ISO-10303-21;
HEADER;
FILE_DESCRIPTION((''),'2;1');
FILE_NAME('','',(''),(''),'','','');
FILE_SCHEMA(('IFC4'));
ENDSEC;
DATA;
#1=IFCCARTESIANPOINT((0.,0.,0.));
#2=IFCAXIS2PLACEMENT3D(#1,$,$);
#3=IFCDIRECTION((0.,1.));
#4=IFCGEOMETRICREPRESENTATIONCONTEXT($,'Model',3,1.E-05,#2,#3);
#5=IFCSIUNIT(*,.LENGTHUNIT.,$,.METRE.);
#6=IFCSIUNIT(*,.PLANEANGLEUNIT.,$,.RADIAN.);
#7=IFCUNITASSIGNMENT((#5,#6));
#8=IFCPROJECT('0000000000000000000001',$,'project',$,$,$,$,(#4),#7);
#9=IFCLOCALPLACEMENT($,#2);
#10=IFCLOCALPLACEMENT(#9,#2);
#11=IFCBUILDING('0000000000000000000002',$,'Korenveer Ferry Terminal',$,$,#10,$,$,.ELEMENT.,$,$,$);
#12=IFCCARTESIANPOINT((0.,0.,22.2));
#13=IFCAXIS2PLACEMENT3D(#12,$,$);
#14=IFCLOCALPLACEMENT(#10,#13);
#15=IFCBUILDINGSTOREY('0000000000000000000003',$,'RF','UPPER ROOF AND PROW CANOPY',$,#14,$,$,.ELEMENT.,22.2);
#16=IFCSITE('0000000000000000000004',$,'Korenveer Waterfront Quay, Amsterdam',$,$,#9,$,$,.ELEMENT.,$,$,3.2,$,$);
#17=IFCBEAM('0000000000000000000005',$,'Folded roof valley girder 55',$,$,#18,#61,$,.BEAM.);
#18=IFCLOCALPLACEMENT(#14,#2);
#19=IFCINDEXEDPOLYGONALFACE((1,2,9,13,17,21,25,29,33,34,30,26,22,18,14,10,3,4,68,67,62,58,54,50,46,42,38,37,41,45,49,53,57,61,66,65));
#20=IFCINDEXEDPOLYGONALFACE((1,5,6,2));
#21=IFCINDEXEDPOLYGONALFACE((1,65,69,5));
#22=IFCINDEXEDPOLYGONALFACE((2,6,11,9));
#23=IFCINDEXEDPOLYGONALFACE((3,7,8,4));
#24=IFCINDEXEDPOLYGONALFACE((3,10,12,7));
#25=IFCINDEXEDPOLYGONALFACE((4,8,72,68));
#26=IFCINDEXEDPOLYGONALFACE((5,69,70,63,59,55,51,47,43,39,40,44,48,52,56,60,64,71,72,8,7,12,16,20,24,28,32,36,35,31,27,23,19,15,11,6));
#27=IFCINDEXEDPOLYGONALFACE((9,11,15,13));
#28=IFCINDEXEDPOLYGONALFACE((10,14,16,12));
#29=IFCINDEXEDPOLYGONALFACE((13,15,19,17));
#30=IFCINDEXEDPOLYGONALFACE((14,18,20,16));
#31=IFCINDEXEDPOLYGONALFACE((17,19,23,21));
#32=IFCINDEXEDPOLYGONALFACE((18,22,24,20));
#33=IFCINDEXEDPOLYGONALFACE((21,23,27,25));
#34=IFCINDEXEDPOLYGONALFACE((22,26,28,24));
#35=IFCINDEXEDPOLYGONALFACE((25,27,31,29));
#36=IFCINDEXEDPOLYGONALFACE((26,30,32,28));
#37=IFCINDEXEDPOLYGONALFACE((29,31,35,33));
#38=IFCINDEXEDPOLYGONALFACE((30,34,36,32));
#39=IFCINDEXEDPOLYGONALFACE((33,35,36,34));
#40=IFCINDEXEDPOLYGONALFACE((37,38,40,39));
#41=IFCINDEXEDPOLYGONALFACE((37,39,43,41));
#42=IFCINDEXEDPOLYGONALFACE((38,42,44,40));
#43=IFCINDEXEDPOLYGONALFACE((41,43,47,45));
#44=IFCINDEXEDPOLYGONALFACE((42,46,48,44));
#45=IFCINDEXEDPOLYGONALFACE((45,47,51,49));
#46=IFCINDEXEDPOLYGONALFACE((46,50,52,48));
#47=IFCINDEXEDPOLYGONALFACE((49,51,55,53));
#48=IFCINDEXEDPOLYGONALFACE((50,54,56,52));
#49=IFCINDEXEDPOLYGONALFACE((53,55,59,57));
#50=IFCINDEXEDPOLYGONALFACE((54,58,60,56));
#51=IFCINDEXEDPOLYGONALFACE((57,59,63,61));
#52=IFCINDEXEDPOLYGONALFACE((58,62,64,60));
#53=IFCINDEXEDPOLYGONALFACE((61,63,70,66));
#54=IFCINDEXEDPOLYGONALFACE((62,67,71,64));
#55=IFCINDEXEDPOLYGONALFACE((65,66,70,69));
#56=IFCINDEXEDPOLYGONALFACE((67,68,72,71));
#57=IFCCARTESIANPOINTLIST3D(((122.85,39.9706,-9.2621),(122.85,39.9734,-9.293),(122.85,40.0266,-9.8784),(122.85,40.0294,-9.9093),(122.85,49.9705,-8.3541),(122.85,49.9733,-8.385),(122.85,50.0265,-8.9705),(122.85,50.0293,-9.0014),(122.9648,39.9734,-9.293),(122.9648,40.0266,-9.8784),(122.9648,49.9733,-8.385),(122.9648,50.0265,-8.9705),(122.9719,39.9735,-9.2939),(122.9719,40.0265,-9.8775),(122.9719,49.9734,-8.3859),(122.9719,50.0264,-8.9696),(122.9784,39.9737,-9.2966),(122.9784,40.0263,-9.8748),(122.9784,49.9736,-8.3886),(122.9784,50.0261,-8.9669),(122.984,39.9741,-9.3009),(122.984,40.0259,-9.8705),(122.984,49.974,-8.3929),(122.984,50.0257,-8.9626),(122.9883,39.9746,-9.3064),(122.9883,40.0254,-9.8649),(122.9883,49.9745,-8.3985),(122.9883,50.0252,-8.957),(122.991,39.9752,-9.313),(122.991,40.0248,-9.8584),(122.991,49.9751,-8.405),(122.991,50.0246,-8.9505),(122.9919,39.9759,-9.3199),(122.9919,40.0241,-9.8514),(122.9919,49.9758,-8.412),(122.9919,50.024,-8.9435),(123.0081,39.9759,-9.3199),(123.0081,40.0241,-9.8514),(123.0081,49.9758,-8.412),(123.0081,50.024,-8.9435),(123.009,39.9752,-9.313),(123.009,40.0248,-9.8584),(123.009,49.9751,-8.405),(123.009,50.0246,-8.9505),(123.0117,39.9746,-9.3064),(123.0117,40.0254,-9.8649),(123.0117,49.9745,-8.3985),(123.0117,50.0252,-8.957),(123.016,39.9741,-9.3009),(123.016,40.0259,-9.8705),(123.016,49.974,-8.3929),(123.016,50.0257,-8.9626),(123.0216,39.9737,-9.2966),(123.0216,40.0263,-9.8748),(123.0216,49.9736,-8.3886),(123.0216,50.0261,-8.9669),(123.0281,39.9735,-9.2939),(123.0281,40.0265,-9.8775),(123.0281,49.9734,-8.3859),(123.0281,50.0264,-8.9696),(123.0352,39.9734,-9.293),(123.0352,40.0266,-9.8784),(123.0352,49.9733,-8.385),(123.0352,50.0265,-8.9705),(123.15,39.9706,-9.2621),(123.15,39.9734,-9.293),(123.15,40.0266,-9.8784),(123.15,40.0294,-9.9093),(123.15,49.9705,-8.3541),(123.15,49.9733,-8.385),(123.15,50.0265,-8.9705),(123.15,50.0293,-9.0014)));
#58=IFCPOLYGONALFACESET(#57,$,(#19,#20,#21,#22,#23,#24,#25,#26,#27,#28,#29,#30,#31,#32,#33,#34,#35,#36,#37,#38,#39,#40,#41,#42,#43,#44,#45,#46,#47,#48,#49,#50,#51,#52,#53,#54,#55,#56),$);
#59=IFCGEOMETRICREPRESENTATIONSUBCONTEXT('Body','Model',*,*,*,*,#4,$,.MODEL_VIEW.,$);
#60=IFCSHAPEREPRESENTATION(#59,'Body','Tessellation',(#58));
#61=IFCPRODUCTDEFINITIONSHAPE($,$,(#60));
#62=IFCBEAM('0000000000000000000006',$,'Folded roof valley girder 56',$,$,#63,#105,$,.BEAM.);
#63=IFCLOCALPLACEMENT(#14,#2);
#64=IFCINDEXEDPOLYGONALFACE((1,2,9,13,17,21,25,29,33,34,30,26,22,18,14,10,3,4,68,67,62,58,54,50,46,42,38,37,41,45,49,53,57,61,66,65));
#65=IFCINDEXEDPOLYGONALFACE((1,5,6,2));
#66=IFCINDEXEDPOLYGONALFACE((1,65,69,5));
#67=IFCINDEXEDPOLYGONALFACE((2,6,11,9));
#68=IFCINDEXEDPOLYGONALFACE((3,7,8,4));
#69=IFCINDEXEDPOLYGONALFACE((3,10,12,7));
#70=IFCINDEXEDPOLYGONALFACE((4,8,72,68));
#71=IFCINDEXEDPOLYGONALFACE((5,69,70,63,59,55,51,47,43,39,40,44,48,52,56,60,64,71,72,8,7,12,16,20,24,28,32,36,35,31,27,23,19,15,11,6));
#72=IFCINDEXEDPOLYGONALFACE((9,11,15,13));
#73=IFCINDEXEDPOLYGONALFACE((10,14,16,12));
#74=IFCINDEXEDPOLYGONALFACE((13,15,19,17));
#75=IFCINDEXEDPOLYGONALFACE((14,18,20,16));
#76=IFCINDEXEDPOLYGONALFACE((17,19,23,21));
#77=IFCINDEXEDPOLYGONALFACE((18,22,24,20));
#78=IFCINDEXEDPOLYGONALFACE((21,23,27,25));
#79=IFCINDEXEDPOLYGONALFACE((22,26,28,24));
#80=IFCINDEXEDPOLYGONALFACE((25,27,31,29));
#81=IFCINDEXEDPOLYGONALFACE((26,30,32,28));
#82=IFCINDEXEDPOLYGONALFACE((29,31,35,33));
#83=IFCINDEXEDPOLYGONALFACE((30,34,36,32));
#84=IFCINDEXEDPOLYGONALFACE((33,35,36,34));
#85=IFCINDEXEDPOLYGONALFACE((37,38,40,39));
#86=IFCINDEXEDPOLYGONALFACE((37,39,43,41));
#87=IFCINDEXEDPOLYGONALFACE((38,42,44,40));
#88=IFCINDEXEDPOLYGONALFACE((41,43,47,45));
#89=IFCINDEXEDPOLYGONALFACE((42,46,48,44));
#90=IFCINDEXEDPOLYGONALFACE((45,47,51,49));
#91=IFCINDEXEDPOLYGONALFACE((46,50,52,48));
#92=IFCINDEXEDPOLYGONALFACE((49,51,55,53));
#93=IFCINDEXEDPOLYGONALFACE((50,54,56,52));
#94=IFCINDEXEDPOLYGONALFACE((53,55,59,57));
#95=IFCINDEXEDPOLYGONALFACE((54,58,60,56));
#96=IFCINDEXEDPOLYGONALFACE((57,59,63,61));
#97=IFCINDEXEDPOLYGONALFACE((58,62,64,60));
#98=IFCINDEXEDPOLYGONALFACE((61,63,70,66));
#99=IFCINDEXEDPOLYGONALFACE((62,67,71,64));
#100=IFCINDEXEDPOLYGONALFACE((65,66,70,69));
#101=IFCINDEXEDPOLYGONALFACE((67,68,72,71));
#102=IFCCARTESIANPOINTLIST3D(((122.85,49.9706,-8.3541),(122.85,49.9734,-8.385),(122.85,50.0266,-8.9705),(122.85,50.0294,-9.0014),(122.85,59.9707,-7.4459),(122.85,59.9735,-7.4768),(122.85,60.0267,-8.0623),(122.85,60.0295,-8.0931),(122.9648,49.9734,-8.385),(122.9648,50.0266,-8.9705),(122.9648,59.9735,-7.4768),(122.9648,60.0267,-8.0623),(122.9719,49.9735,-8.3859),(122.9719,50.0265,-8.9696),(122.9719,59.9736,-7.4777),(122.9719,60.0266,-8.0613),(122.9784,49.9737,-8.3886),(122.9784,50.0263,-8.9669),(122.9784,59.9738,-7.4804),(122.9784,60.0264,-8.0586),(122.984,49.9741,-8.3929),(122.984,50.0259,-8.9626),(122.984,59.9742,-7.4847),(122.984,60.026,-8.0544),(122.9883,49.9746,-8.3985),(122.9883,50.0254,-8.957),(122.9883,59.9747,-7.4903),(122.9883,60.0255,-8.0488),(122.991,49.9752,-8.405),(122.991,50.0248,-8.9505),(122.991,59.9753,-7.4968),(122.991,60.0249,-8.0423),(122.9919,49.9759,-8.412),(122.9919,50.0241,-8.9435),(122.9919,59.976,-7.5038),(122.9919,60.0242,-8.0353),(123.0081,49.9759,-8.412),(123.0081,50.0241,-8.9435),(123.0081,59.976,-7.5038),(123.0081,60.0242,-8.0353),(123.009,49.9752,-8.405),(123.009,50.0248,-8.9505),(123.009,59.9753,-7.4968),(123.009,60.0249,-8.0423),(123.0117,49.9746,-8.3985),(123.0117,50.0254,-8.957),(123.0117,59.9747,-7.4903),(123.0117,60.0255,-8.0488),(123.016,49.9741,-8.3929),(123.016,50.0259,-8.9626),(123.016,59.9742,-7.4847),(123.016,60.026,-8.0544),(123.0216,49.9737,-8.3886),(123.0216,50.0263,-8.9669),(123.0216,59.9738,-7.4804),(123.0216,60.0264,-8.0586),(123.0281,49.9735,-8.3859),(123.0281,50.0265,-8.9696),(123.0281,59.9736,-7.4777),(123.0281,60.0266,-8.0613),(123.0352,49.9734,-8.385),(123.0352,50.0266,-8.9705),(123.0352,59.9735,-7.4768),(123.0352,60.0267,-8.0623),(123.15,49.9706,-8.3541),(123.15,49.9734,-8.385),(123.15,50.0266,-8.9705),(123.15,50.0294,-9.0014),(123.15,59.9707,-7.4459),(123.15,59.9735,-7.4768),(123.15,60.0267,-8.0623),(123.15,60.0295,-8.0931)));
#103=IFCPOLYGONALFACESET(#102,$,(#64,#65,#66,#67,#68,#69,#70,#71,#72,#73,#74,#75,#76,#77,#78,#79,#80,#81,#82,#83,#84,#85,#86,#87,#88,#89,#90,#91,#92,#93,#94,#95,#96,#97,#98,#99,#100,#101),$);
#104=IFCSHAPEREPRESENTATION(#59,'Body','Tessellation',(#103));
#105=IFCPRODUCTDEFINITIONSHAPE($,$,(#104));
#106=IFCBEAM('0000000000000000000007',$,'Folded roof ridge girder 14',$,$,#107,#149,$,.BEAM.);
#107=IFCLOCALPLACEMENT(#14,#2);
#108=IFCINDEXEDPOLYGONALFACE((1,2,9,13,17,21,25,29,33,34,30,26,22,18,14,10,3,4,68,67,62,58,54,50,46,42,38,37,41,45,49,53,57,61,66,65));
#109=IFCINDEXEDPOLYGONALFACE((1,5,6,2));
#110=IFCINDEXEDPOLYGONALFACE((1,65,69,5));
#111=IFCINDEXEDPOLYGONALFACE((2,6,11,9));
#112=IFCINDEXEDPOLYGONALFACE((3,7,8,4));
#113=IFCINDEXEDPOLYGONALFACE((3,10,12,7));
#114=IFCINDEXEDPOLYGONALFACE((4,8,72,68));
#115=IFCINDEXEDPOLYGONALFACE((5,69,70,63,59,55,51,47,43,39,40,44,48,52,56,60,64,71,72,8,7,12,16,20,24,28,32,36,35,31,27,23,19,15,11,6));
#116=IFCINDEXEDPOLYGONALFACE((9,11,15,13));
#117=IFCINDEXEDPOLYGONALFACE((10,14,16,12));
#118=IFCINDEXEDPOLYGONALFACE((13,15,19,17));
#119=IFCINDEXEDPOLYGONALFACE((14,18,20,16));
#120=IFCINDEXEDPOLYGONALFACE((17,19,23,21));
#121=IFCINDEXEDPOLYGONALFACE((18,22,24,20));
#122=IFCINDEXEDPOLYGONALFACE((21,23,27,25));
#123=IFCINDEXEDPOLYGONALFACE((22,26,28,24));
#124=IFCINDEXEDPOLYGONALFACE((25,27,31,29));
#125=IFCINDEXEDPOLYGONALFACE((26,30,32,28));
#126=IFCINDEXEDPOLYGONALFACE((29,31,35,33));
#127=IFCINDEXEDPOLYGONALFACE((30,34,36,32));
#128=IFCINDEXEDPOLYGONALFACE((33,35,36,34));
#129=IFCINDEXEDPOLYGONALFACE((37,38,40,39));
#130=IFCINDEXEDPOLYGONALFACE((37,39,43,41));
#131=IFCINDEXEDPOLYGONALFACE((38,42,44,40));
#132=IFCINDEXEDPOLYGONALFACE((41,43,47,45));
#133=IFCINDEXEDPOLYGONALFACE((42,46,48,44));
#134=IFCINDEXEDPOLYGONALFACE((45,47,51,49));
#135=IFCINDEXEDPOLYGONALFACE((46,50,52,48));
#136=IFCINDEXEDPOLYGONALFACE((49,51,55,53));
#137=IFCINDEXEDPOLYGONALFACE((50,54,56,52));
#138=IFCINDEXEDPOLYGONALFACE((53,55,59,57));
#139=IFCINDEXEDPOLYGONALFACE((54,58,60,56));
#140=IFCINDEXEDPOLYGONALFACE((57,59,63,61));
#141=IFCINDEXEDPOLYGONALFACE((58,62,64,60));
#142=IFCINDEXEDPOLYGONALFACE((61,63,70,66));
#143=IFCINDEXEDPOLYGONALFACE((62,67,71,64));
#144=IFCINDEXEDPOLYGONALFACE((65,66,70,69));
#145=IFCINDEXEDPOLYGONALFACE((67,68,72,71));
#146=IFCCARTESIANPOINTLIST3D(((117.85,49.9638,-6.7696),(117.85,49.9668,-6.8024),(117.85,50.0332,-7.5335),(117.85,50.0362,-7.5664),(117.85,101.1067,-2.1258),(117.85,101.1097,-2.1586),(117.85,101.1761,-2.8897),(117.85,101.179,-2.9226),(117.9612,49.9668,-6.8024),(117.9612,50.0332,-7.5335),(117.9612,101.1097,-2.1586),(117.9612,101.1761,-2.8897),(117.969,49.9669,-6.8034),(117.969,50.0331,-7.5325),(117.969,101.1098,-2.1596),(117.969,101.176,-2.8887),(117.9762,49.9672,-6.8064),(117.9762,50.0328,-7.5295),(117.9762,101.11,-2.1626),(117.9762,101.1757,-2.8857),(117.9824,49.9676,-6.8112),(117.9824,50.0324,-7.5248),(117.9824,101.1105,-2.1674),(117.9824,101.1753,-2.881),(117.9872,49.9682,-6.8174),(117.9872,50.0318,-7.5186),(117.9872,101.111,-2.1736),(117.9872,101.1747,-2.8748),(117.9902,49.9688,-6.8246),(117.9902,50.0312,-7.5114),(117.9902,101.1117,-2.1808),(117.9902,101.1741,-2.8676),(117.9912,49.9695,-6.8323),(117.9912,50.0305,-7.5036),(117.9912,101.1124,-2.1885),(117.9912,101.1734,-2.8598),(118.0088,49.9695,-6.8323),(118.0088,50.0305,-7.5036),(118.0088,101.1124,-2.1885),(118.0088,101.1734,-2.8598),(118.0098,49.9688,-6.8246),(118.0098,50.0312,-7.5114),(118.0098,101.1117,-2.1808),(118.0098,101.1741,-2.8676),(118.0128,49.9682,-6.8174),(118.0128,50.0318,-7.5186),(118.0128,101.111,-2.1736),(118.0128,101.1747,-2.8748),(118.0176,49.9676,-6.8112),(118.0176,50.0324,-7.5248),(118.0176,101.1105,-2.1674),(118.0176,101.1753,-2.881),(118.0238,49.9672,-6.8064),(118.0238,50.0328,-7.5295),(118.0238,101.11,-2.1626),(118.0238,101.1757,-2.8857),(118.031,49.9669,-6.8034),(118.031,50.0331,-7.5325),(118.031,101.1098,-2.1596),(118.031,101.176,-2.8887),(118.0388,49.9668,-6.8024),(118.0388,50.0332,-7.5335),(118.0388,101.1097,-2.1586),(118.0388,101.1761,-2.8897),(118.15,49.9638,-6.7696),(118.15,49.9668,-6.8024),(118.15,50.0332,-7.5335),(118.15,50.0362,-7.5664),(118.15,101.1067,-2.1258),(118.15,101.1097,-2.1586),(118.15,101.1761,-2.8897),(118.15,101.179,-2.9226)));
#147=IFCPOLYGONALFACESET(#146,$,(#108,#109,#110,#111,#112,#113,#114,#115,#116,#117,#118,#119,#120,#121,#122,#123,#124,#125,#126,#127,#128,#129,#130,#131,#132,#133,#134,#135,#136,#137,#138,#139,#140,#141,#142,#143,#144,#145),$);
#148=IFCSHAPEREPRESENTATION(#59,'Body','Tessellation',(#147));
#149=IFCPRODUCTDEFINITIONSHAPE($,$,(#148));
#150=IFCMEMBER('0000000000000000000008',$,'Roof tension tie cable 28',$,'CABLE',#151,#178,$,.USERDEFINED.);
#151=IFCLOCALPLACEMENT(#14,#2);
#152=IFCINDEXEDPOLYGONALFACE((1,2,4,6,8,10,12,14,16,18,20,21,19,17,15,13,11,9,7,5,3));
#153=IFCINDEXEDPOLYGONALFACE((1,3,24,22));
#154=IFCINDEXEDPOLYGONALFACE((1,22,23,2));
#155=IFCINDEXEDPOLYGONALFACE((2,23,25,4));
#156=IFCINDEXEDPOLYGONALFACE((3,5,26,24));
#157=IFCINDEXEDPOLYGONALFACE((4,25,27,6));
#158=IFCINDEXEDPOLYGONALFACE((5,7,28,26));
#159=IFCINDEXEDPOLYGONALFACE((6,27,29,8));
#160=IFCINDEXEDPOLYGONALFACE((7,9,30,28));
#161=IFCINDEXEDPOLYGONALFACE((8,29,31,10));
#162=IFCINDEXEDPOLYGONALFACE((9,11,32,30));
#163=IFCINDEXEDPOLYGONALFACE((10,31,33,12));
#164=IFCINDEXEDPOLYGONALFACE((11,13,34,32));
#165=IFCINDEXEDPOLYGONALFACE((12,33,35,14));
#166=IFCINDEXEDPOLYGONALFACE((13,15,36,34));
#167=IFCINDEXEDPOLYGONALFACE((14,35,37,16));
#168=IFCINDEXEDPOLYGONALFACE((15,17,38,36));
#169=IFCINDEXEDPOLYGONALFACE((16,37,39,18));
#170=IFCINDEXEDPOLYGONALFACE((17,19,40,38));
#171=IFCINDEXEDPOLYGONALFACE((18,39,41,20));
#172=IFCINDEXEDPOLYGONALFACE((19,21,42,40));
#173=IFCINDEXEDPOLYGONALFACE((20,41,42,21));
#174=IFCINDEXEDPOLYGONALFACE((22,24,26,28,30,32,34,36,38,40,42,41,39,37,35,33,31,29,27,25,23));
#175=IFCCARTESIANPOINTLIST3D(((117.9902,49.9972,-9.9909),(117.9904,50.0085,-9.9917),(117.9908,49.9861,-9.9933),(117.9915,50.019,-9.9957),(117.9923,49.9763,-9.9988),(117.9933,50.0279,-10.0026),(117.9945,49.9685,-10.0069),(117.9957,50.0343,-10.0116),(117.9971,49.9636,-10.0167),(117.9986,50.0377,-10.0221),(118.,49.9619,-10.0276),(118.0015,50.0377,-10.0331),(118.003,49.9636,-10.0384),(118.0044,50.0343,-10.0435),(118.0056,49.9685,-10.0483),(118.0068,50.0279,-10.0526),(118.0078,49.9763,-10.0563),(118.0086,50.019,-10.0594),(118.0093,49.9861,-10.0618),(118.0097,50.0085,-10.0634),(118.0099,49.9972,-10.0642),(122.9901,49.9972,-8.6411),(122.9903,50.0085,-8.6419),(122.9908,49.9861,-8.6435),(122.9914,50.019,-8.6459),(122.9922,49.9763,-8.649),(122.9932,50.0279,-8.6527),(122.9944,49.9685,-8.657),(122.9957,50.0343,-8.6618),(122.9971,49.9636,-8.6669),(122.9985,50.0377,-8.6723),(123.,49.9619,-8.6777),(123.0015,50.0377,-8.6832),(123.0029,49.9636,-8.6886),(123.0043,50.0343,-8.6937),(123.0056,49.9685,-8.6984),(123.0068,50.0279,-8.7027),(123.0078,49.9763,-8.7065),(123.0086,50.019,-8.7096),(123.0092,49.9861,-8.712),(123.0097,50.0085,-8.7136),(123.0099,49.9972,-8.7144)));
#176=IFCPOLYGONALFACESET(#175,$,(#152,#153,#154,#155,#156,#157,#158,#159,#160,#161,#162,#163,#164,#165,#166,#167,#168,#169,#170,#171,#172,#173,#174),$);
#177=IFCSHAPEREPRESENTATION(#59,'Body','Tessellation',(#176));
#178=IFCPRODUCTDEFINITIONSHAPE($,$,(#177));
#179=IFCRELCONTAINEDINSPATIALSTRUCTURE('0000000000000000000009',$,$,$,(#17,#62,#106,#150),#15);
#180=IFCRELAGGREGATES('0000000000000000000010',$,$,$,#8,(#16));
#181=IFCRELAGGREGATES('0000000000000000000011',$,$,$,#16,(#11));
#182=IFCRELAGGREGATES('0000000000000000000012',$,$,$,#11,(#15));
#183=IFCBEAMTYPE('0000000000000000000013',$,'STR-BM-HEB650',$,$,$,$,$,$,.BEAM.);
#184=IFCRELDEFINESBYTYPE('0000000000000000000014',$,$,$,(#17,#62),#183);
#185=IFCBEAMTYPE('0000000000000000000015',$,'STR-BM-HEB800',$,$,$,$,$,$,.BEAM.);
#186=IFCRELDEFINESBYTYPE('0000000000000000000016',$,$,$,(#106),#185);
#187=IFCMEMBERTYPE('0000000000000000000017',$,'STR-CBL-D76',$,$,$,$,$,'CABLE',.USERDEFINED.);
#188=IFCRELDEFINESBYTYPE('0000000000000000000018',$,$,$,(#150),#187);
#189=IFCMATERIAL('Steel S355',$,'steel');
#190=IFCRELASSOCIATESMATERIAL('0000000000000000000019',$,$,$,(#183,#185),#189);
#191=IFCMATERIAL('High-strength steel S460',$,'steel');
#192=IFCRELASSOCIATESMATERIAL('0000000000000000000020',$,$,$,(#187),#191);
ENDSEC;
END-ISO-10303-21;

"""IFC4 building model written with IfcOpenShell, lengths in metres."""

from ifc_helpers import new_model, si_unit, direction, frame, origin, origin_2d, place, context, subcontext, project, spatial, circle, i_section, extrude, material, material_profile, profile_set, type_object, element, save


model = new_model("IFC4")

# Units and contexts
model_context = context("Model", 3, precision=1e-05, world=origin(), true_north=direction((0.0, 1.0)))
body_context = subcontext(model_context, "Body", "Model", "MODEL_VIEW")
ifc_project = project(units=[si_unit("LENGTHUNIT", "METRE"), si_unit("PLANEANGLEUNIT", "RADIAN")], contexts=[model_context])

# Site, building, storey
site_placement = place(None, origin())
site = spatial("IfcSite", under=ifc_project, at=site_placement, Name="Korenveer Waterfront Quay, Amsterdam", CompositionType="ELEMENT", RefElevation=3.2)
building_placement = place(site_placement, origin())
building = spatial("IfcBuilding", under=site, at=building_placement, Name="Korenveer Ferry Terminal", CompositionType="ELEMENT")
storey_placement = place(building_placement, frame((0.0, 0.0, 22.2)))
storey = spatial("IfcBuildingStorey", under=building, at=storey_placement, Name="RF", Description="UPPER ROOF AND PROW CANOPY", CompositionType="ELEMENT", Elevation=22.2)

# Beams
ifc_material_1 = material(Name="Steel S355", Category="steel")
ifc_material_profile_1 = material_profile(ifc_material_1, i_section(OverallWidth=0.3, OverallDepth=0.6499, WebThickness=0.0161, FlangeThickness=0.031, FilletRadius=0.0271, at=origin_2d()), Name="HEB 650")
ifc_profile_set_1 = profile_set([ifc_material_profile_1], Name="Steel S355")
beam_type_1 = type_object("IfcBeamType", Name="STR-BM-HEB650", PredefinedType="BEAM", material=ifc_profile_set_1)
beam_1_placement = place(storey_placement, frame((123.0, 40.0, -9.5857), z_axis=(0.0, 0.995903, 0.090424), x_axis=(-1.0, 0.0, 0.0)))
element("IfcBeam", 1, at=beam_1_placement, inside=storey, type_object=beam_type_1, Name="Folded roof valley girder 55", PredefinedType="BEAM", context=body_context, shape_type="SweptSolid", body=[
    extrude(i_section(OverallWidth=0.3, OverallDepth=0.6499, WebThickness=0.0161, FlangeThickness=0.031, FilletRadius=0.0271, at=origin_2d()), origin(), (0.0, 0.0, 1.0), 10.041),
])
beam_2_placement = place(storey_placement, frame((123.0, 50.0, -8.6777), z_axis=(0.0, 0.995901, 0.090448), x_axis=(-1.0, 0.0, 0.0)))
element("IfcBeam", 2, at=beam_2_placement, inside=storey, type_object=beam_type_1, Name="Folded roof valley girder 56", PredefinedType="BEAM", context=body_context, shape_type="SweptSolid", body=[
    extrude(i_section(OverallWidth=0.3, OverallDepth=0.6499, WebThickness=0.0161, FlangeThickness=0.031, FilletRadius=0.0271, at=origin_2d()), origin(), (0.0, 0.0, 1.0), 10.0413),
])
ifc_material_profile_2 = material_profile(ifc_material_1, i_section(OverallWidth=0.3, OverallDepth=0.8, WebThickness=0.0176, FlangeThickness=0.033, FilletRadius=0.03, at=origin_2d()), Name="HEB 800")
ifc_profile_set_2 = profile_set([ifc_material_profile_2], Name="Steel S355")
beam_type_2 = type_object("IfcBeamType", Name="STR-BM-HEB800", PredefinedType="BEAM", material=ifc_profile_set_2)
beam_3_placement = place(storey_placement, frame((118.0, 50.0, -7.168), z_axis=(0.0, 0.995903, 0.090429), x_axis=(-1.0, 0.0, 0.0)))
element("IfcBeam", 3, at=beam_3_placement, inside=storey, type_object=beam_type_2, Name="Folded roof ridge girder 14", PredefinedType="BEAM", context=body_context, shape_type="SweptSolid", body=[
    extrude(i_section(OverallWidth=0.3, OverallDepth=0.8, WebThickness=0.0176, FlangeThickness=0.033, FilletRadius=0.03, at=origin_2d()), origin(), (0.0, 0.0, 1.0), 51.3533),
])

# Member
ifc_material_2 = material(Name="High-strength steel S460", Category="steel")
ifc_material_profile_3 = material_profile(ifc_material_2, circle(Radius=0.0381, at=origin_2d()), Name="ROD D76")
ifc_profile_set_3 = profile_set([ifc_material_profile_3], Name="High-strength steel S460")
member_type_1 = type_object("IfcMemberType", Name="STR-CBL-D76", ElementType="CABLE", PredefinedType="USERDEFINED", material=ifc_profile_set_3)
member_placement = place(storey_placement, frame((123.0, 50.0, -8.6777), z_axis=(-0.965436, 0.0, -0.260639), x_axis=(0.0, -1.0, 0.0)))
element("IfcMember", 4, at=member_placement, inside=storey, type_object=member_type_1, Name="Roof tension tie cable 28", ObjectType="CABLE", PredefinedType="USERDEFINED", context=body_context, shape_type="SweptSolid", body=[
    extrude(circle(Radius=0.0381, at=origin_2d()), origin(), (0.0, 0.0, 1.0), 5.179),
])

save(model, "model.ifc")
